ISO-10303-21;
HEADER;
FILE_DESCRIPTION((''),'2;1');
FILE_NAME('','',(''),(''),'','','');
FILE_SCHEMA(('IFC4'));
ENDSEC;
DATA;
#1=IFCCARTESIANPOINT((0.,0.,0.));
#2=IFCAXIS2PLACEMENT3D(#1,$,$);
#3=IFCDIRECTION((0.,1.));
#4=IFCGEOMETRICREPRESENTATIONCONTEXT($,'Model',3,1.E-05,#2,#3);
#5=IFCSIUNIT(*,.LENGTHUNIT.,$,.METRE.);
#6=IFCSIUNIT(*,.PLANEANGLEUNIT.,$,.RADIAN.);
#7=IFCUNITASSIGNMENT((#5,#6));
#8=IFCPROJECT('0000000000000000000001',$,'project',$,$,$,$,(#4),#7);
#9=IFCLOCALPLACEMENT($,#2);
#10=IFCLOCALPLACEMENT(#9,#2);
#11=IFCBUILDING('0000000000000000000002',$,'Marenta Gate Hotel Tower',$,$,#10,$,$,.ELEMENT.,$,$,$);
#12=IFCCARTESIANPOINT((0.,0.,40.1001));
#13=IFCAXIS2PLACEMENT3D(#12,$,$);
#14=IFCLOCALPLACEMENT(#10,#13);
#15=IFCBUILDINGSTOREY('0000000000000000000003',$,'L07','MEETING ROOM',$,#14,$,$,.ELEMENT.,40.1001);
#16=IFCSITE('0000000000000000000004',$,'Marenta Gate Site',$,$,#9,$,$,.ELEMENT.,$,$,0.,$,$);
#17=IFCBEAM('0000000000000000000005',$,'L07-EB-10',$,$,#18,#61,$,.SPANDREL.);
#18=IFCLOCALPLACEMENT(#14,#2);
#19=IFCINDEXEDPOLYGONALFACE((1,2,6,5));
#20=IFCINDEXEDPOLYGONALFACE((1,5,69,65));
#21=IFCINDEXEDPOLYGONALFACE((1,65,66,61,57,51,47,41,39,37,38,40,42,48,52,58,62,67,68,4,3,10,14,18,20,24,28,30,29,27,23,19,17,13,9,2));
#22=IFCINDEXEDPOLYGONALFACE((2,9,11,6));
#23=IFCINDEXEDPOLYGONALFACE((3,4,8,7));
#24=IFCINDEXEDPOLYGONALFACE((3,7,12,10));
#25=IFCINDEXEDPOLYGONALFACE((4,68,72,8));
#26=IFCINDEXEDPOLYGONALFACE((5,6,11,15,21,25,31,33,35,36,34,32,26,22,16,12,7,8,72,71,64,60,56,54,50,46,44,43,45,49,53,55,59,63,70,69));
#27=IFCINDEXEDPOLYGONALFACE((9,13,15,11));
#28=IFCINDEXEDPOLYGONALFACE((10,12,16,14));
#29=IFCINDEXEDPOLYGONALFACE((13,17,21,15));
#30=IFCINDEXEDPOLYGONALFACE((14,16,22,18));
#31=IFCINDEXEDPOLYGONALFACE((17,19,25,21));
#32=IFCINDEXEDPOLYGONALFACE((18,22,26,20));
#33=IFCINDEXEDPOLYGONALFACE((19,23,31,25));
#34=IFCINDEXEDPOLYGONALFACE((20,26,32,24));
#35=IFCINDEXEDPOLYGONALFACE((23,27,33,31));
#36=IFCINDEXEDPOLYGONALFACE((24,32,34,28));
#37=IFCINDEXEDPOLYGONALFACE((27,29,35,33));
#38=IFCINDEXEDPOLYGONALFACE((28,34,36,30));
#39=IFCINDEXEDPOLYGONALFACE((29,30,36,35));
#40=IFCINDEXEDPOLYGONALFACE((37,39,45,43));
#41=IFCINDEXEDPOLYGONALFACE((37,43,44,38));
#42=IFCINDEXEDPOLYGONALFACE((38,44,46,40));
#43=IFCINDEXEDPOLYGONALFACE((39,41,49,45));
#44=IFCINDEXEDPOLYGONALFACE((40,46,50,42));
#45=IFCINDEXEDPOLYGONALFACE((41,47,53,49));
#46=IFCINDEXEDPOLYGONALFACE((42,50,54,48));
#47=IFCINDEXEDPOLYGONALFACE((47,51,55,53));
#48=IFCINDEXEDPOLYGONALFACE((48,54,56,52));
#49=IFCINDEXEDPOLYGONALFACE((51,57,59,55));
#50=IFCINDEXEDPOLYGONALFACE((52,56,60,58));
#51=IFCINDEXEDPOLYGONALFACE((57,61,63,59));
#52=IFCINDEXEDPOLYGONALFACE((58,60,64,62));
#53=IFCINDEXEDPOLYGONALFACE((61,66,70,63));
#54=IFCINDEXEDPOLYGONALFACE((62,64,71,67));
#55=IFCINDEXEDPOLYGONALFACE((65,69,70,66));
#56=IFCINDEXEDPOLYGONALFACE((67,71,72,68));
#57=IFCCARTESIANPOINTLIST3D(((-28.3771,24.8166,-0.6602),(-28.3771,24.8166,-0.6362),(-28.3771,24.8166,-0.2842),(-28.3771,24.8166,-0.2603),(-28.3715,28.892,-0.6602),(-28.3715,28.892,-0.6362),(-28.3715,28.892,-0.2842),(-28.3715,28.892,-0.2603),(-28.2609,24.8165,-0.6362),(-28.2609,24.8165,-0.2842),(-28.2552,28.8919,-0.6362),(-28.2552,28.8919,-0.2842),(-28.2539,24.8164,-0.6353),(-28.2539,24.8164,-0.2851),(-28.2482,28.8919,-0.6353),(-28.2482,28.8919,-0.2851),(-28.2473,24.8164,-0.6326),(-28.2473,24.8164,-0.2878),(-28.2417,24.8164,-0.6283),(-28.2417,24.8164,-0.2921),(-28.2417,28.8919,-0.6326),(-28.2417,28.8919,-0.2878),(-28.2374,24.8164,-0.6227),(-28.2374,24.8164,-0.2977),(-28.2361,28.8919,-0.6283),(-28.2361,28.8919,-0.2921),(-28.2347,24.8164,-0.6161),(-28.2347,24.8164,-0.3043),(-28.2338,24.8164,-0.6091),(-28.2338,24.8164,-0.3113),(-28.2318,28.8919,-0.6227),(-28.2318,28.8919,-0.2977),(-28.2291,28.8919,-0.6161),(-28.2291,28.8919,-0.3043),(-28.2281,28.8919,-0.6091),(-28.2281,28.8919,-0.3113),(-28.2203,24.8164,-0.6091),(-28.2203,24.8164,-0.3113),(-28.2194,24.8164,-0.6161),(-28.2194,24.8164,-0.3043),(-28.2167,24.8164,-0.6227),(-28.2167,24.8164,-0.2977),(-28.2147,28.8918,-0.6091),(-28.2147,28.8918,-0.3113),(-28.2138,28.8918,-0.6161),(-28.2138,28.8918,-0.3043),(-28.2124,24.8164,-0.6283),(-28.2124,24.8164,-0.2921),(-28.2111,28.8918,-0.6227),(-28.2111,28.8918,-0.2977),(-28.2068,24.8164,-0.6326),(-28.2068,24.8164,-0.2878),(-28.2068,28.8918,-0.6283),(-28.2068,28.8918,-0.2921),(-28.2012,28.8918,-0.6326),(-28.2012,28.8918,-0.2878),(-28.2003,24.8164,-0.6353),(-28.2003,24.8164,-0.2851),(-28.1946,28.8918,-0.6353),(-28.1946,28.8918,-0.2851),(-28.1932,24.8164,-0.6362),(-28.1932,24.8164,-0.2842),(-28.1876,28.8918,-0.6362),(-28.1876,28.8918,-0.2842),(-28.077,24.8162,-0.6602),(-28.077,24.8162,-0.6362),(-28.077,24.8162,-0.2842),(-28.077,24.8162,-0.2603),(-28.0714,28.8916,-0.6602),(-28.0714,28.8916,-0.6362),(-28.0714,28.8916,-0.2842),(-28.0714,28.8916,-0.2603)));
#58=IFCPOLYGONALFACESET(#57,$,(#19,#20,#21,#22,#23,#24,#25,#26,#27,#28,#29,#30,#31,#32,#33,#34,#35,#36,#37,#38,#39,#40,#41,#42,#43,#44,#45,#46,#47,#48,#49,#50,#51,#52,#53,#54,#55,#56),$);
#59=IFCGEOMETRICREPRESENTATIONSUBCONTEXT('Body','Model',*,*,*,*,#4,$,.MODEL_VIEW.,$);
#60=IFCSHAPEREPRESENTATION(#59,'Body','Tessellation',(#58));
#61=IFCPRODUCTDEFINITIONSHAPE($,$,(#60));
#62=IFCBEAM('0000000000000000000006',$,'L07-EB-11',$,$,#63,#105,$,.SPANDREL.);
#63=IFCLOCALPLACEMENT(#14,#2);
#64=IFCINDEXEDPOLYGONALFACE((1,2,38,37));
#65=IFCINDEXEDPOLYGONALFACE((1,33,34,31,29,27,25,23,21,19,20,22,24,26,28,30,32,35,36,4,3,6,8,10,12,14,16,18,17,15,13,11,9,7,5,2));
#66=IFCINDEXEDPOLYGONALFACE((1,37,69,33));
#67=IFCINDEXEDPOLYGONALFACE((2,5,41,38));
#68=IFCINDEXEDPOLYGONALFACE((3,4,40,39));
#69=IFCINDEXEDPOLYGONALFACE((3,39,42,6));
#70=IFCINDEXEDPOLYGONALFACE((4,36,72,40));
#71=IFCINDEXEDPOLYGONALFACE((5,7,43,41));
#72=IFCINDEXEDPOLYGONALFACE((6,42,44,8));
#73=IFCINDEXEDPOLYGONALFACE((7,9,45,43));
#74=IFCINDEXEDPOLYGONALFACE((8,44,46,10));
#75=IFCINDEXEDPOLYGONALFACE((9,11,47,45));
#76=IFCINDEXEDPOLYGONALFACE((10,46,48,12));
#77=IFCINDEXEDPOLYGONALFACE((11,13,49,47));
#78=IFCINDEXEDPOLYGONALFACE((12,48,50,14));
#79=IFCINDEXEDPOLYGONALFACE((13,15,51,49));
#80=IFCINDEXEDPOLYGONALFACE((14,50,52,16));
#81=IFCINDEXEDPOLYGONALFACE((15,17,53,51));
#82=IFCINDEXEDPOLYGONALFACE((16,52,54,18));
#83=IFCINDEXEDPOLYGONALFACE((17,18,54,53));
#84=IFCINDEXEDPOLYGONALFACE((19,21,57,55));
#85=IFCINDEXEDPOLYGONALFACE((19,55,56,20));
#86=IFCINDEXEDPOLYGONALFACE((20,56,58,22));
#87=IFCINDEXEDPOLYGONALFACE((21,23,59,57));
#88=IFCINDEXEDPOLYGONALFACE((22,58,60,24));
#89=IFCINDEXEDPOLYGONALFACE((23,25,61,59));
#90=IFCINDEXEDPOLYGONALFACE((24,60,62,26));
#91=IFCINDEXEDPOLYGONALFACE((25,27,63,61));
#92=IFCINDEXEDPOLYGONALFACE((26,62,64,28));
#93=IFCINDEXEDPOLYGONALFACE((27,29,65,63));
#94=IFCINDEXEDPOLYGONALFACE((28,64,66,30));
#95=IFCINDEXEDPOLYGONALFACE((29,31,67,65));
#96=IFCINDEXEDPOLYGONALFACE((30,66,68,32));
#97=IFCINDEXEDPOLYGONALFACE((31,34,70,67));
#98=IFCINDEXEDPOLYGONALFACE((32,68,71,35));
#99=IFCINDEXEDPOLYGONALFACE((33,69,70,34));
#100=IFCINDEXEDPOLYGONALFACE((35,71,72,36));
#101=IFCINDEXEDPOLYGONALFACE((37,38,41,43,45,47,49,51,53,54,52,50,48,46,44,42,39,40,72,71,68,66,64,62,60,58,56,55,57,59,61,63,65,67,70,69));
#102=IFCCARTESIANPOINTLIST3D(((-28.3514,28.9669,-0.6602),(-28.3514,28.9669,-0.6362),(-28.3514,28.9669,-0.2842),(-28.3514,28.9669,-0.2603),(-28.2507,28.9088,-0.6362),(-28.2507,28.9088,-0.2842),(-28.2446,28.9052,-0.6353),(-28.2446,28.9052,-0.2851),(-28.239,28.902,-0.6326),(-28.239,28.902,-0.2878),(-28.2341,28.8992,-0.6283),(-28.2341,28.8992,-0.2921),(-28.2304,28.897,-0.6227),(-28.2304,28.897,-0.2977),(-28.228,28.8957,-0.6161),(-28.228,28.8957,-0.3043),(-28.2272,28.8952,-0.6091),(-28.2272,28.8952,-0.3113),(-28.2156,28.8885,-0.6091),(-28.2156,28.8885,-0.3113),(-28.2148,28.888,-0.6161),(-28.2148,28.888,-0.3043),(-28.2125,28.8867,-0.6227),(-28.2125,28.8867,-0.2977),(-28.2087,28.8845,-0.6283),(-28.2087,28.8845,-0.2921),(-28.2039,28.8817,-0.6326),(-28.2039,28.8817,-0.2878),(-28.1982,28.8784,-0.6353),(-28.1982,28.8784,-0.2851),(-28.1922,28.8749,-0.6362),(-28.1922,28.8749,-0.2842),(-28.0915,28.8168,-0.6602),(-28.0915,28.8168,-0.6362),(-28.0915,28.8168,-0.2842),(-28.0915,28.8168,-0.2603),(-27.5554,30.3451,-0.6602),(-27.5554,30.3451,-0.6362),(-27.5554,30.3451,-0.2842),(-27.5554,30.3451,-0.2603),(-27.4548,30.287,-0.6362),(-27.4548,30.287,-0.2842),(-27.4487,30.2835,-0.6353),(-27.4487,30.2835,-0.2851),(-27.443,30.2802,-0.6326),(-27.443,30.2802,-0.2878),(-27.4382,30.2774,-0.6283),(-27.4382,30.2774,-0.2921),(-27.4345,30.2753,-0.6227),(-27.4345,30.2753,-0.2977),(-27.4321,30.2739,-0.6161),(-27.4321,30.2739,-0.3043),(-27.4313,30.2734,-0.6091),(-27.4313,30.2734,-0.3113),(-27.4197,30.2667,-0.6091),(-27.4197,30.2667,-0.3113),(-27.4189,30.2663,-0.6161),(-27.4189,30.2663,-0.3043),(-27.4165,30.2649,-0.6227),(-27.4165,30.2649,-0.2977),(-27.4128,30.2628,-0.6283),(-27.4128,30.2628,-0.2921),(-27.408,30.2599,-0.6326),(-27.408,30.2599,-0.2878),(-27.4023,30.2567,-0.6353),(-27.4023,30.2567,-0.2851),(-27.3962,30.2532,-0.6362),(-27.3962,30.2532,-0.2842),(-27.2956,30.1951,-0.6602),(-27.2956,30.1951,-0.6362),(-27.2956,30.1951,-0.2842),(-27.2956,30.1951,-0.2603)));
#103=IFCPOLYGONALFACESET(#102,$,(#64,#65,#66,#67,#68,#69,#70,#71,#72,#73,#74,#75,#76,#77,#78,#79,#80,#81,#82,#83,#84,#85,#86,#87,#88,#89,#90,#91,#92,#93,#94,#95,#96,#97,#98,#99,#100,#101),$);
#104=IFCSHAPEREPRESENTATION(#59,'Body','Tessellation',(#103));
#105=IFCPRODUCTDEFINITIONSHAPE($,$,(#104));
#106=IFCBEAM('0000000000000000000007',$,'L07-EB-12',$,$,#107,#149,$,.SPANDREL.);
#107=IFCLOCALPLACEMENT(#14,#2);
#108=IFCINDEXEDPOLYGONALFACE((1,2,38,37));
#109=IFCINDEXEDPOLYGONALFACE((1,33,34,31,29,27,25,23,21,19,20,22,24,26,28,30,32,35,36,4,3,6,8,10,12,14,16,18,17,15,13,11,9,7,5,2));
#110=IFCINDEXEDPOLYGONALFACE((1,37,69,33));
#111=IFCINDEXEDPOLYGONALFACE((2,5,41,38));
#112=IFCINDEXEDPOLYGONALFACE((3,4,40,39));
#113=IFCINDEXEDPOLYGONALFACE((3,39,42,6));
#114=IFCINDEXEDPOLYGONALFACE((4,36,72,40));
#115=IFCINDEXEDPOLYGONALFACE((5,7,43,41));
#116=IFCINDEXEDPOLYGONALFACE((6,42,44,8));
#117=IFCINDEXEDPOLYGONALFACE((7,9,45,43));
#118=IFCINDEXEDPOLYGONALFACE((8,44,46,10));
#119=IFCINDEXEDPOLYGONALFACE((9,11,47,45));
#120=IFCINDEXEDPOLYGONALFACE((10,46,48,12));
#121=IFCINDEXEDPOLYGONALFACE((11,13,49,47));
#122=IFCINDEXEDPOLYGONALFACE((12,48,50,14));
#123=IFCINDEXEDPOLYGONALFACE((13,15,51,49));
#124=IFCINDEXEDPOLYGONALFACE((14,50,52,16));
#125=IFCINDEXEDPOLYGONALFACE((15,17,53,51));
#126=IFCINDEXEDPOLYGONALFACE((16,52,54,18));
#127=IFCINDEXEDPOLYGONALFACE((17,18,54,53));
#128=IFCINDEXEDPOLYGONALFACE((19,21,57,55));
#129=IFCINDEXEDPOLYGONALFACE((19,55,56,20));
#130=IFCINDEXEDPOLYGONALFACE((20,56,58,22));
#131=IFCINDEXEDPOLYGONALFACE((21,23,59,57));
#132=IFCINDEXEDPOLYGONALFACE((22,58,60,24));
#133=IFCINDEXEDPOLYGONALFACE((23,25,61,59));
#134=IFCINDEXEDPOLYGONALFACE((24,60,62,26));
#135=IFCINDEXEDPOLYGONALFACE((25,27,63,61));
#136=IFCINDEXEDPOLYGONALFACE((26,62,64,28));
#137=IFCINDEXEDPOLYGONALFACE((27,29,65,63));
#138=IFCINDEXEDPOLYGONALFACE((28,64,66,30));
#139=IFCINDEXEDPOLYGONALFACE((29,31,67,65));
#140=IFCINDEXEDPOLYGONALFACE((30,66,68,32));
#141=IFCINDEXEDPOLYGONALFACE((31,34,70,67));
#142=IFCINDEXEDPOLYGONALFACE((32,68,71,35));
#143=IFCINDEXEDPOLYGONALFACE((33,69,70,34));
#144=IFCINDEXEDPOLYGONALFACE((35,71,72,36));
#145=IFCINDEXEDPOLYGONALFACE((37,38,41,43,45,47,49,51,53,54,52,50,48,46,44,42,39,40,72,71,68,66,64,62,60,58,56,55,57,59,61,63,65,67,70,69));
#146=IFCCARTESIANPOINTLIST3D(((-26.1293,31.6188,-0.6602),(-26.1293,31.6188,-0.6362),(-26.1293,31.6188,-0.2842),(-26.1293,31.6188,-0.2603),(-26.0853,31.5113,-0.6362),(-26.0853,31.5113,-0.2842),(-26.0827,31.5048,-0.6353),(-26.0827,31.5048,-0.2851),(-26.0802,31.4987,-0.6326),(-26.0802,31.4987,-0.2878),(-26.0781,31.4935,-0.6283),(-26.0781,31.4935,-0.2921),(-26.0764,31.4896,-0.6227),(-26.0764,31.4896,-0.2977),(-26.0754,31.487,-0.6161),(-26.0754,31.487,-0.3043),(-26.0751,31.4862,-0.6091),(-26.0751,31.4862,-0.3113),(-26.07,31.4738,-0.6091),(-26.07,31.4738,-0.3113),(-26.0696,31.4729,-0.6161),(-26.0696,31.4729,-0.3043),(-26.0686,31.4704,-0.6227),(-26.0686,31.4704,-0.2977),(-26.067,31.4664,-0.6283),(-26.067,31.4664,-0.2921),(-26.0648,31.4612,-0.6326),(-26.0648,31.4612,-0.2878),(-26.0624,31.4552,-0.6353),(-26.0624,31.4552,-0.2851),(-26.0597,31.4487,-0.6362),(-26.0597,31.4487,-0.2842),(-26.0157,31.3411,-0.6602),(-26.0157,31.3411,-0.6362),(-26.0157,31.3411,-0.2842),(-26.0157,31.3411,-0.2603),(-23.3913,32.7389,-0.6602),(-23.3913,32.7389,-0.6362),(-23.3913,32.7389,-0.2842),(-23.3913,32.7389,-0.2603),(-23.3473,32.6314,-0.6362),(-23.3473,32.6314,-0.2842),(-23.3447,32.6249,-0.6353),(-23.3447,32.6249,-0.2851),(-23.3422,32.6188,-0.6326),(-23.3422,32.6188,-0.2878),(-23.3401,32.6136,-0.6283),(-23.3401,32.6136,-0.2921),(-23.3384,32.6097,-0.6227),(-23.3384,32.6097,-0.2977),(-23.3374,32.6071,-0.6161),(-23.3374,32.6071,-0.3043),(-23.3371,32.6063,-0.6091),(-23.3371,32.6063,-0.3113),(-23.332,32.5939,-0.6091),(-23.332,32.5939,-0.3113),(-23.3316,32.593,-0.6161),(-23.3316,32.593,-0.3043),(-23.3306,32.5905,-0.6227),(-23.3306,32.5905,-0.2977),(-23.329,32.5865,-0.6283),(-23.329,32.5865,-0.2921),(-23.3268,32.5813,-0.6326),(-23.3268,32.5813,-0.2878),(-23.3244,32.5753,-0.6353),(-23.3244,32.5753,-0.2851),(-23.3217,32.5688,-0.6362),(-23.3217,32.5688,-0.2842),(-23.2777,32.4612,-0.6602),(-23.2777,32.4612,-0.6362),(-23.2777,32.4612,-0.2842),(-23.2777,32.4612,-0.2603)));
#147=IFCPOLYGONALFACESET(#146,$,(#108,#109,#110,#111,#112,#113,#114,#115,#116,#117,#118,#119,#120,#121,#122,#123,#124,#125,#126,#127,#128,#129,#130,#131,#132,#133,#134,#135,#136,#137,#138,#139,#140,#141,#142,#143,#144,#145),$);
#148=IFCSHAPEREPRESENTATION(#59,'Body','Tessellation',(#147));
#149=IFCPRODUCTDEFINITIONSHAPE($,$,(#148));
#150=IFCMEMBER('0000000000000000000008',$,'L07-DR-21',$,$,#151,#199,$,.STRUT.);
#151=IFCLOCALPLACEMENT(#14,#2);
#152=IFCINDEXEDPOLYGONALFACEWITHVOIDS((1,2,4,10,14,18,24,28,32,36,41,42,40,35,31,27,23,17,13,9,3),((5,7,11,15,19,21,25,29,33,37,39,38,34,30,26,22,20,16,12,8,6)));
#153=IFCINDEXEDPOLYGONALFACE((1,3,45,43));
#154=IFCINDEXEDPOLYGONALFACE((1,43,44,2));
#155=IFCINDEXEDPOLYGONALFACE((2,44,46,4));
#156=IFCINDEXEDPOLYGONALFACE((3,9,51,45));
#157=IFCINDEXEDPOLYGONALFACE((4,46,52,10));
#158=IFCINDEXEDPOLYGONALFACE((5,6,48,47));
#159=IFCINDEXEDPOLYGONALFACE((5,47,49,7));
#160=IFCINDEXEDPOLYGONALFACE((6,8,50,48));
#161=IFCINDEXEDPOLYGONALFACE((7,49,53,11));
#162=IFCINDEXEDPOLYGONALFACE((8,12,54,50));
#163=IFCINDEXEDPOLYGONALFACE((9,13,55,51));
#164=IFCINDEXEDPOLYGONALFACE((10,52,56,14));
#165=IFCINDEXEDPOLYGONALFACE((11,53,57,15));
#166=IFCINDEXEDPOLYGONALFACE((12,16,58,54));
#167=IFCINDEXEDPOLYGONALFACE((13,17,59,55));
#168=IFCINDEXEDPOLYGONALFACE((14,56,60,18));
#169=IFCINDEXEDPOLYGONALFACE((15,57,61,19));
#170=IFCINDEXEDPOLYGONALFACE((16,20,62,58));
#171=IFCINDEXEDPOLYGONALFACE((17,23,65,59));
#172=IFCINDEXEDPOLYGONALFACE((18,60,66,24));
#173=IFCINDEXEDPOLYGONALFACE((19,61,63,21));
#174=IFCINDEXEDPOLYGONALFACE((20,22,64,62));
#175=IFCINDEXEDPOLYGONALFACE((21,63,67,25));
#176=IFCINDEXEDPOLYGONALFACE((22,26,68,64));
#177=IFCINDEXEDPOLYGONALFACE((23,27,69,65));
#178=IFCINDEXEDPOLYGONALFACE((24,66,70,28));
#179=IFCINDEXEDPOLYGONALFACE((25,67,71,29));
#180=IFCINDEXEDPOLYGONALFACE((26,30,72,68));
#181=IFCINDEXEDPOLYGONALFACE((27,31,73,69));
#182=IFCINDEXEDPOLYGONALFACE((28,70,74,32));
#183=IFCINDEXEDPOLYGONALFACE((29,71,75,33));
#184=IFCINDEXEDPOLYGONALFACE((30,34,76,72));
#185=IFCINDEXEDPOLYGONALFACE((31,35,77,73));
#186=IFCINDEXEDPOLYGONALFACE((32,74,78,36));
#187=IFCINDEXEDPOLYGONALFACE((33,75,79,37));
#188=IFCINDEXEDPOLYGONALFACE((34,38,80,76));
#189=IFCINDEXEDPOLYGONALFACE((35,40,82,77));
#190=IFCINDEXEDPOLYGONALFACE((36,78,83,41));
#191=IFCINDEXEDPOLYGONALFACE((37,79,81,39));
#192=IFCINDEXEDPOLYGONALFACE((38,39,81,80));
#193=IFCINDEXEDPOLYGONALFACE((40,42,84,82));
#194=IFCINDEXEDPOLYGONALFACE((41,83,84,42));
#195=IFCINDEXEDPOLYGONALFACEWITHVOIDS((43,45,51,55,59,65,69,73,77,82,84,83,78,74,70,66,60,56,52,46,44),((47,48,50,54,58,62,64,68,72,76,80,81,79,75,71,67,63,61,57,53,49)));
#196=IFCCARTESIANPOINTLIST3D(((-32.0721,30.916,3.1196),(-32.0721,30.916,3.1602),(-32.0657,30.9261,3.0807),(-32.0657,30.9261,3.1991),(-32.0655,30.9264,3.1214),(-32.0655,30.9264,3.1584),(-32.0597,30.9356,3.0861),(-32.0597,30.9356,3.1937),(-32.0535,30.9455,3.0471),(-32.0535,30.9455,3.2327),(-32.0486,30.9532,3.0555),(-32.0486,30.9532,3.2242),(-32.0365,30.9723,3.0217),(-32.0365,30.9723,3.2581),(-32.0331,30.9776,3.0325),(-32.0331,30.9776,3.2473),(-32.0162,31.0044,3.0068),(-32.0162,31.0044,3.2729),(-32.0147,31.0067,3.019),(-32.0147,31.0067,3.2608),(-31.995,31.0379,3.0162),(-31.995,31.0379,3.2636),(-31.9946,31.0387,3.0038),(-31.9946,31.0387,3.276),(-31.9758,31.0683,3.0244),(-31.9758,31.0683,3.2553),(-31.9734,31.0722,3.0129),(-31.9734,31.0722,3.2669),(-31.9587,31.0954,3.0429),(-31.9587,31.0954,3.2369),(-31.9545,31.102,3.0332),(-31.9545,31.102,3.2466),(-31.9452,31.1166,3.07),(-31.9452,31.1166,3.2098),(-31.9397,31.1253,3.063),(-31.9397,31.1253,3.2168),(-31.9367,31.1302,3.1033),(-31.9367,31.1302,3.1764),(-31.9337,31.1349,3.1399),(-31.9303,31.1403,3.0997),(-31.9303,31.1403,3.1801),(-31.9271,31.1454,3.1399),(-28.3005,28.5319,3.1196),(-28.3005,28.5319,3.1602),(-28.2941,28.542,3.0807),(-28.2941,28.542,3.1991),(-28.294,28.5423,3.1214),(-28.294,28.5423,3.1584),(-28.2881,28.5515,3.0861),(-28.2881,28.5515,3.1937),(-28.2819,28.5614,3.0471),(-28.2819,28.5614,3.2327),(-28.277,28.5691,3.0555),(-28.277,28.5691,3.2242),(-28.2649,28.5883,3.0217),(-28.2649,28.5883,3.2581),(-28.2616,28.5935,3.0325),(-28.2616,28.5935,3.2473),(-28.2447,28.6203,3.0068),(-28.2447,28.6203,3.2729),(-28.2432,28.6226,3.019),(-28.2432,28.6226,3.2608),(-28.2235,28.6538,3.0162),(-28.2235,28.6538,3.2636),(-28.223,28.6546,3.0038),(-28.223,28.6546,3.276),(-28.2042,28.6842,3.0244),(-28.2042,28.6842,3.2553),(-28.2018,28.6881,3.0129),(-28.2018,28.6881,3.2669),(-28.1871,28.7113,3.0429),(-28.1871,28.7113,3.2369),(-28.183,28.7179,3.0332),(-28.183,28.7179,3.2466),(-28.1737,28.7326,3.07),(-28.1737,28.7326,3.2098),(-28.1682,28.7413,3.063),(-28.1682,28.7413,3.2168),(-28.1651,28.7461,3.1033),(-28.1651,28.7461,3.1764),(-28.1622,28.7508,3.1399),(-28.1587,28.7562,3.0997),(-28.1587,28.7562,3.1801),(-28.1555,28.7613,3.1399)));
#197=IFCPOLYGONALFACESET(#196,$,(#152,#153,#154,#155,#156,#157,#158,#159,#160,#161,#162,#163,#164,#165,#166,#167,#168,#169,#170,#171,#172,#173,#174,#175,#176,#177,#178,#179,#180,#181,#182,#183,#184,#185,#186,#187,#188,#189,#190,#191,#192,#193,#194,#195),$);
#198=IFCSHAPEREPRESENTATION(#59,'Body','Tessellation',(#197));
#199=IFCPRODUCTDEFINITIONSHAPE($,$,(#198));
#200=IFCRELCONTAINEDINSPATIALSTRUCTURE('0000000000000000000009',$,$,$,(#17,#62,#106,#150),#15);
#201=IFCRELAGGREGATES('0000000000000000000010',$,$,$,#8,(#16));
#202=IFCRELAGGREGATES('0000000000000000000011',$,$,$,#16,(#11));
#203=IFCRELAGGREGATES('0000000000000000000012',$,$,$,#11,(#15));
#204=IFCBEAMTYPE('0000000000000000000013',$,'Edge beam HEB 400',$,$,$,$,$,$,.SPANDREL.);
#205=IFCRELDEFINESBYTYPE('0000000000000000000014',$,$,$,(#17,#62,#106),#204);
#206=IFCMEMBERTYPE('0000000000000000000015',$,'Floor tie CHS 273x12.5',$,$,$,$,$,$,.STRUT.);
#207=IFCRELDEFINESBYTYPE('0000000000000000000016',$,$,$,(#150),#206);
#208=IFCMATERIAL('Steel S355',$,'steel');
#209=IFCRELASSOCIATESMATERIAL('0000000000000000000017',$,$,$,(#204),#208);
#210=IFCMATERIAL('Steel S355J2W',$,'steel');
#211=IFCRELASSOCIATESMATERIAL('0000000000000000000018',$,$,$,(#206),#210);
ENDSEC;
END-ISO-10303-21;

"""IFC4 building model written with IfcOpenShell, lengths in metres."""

from ifc_helpers import new_model, si_unit, direction, frame, origin, origin_2d, place, context, subcontext, project, spatial, hollow_circle, i_section, extrude, material, material_profile, profile_set, type_object, element, save


model = new_model("IFC4")

# Units and contexts
model_context = context("Model", 3, precision=1e-05, world=origin(), true_north=direction((0.0, 1.0)))
body_context = subcontext(model_context, "Body", "Model", "MODEL_VIEW")
ifc_project = project(units=[si_unit("LENGTHUNIT", "METRE"), si_unit("PLANEANGLEUNIT", "RADIAN")], contexts=[model_context])

# Site, building, storey
site_placement = place(None, origin())
site = spatial("IfcSite", under=ifc_project, at=site_placement, Name="Marenta Gate Site", CompositionType="ELEMENT", RefElevation=0.0)
building_placement = place(site_placement, origin())
building = spatial("IfcBuilding", under=site, at=building_placement, Name="Marenta Gate Hotel Tower", CompositionType="ELEMENT")
storey_placement = place(building_placement, frame((0.0, 0.0, 40.1001)))
storey = spatial("IfcBuildingStorey", under=building, at=storey_placement, Name="L07", Description="MEETING ROOM", CompositionType="ELEMENT", Elevation=40.1001)

# Beams
ifc_material_1 = material(Name="Steel S355", Category="steel")
ifc_material_profile_1 = material_profile(ifc_material_1, i_section(OverallWidth=0.3, OverallDepth=0.3999, WebThickness=0.0134, FlangeThickness=0.0239, FilletRadius=0.0271, at=origin_2d()), Name="HEB 400")
ifc_profile_set_1 = profile_set([ifc_material_profile_1], Name="Steel S355")
beam_type_1 = type_object("IfcBeamType", Name="Edge beam HEB 400", PredefinedType="SPANDREL", material=ifc_profile_set_1)
beam_1_placement = place(storey_placement, frame((-28.2271, 24.8164, -0.4602), z_axis=(0.001378, 0.999999, 0.0), x_axis=(-0.999999, 0.001378, 0.0)))
element("IfcBeam", 1, at=beam_1_placement, inside=storey, type_object=beam_type_1, Name="L07-EB-10", PredefinedType="SPANDREL", context=body_context, shape_type="SweptSolid", body=[
    extrude(i_section(OverallWidth=0.3, OverallDepth=0.3999, WebThickness=0.0134, FlangeThickness=0.0239, FilletRadius=0.0271, at=origin_2d()), origin(), (0.0, 0.0, 1.0), 4.0754),
])
beam_2_placement = place(storey_placement, frame((-28.2214, 28.8918, -0.4602), z_axis=(0.500099, 0.865968, 0.0), x_axis=(-0.865968, 0.500099, 0.0)))
element("IfcBeam", 2, at=beam_2_placement, inside=storey, type_object=beam_type_1, Name="L07-EB-11", PredefinedType="SPANDREL", context=body_context, shape_type="SweptSolid", body=[
    extrude(i_section(OverallWidth=0.3, OverallDepth=0.3999, WebThickness=0.0134, FlangeThickness=0.0239, FilletRadius=0.0271, at=origin_2d()), origin(), (0.0, 0.0, 1.0), 1.5916),
])
beam_3_placement = place(storey_placement, frame((-26.0725, 31.48, -0.4602), z_axis=(0.925546, 0.378636, 0.0), x_axis=(-0.378636, 0.925546, 0.0)))
element("IfcBeam", 3, at=beam_3_placement, inside=storey, type_object=beam_type_1, Name="L07-EB-12", PredefinedType="SPANDREL", context=body_context, shape_type="SweptSolid", body=[
    extrude(i_section(OverallWidth=0.3, OverallDepth=0.3999, WebThickness=0.0134, FlangeThickness=0.0239, FilletRadius=0.0271, at=origin_2d()), origin(), (0.0, 0.0, 1.0), 2.9583),
])

# Member
ifc_material_2 = material(Name="Steel S355J2W", Category="steel")
ifc_material_profile_2 = material_profile(ifc_material_2, hollow_circle(Radius=0.1365, WallThickness=0.0125, at=origin_2d()), Name="CHS 273x12.5")
ifc_profile_set_2 = profile_set([ifc_material_profile_2], Name="Steel S355J2W")
member_type_1 = type_object("IfcMemberType", Name="Floor tie CHS 273x12.5", PredefinedType="STRUT", material=ifc_profile_set_2)
member_1_placement = place(storey_placement, frame((-32.0, 31.03, 3.1399), z_axis=(0.845282, -0.53432, 0.0), x_axis=(0.53432, 0.845282, 0.0)))
element("IfcMember", 4, at=member_1_placement, inside=storey, type_object=member_type_1, Name="L07-DR-21", PredefinedType="STRUT", context=body_context, shape_type="SweptSolid", body=[
    extrude(hollow_circle(Radius=0.1365, WallThickness=0.0125, at=origin_2d()), origin(), (0.0, 0.0, 1.0), 4.4619),
])

save(model, "model.ifc")
